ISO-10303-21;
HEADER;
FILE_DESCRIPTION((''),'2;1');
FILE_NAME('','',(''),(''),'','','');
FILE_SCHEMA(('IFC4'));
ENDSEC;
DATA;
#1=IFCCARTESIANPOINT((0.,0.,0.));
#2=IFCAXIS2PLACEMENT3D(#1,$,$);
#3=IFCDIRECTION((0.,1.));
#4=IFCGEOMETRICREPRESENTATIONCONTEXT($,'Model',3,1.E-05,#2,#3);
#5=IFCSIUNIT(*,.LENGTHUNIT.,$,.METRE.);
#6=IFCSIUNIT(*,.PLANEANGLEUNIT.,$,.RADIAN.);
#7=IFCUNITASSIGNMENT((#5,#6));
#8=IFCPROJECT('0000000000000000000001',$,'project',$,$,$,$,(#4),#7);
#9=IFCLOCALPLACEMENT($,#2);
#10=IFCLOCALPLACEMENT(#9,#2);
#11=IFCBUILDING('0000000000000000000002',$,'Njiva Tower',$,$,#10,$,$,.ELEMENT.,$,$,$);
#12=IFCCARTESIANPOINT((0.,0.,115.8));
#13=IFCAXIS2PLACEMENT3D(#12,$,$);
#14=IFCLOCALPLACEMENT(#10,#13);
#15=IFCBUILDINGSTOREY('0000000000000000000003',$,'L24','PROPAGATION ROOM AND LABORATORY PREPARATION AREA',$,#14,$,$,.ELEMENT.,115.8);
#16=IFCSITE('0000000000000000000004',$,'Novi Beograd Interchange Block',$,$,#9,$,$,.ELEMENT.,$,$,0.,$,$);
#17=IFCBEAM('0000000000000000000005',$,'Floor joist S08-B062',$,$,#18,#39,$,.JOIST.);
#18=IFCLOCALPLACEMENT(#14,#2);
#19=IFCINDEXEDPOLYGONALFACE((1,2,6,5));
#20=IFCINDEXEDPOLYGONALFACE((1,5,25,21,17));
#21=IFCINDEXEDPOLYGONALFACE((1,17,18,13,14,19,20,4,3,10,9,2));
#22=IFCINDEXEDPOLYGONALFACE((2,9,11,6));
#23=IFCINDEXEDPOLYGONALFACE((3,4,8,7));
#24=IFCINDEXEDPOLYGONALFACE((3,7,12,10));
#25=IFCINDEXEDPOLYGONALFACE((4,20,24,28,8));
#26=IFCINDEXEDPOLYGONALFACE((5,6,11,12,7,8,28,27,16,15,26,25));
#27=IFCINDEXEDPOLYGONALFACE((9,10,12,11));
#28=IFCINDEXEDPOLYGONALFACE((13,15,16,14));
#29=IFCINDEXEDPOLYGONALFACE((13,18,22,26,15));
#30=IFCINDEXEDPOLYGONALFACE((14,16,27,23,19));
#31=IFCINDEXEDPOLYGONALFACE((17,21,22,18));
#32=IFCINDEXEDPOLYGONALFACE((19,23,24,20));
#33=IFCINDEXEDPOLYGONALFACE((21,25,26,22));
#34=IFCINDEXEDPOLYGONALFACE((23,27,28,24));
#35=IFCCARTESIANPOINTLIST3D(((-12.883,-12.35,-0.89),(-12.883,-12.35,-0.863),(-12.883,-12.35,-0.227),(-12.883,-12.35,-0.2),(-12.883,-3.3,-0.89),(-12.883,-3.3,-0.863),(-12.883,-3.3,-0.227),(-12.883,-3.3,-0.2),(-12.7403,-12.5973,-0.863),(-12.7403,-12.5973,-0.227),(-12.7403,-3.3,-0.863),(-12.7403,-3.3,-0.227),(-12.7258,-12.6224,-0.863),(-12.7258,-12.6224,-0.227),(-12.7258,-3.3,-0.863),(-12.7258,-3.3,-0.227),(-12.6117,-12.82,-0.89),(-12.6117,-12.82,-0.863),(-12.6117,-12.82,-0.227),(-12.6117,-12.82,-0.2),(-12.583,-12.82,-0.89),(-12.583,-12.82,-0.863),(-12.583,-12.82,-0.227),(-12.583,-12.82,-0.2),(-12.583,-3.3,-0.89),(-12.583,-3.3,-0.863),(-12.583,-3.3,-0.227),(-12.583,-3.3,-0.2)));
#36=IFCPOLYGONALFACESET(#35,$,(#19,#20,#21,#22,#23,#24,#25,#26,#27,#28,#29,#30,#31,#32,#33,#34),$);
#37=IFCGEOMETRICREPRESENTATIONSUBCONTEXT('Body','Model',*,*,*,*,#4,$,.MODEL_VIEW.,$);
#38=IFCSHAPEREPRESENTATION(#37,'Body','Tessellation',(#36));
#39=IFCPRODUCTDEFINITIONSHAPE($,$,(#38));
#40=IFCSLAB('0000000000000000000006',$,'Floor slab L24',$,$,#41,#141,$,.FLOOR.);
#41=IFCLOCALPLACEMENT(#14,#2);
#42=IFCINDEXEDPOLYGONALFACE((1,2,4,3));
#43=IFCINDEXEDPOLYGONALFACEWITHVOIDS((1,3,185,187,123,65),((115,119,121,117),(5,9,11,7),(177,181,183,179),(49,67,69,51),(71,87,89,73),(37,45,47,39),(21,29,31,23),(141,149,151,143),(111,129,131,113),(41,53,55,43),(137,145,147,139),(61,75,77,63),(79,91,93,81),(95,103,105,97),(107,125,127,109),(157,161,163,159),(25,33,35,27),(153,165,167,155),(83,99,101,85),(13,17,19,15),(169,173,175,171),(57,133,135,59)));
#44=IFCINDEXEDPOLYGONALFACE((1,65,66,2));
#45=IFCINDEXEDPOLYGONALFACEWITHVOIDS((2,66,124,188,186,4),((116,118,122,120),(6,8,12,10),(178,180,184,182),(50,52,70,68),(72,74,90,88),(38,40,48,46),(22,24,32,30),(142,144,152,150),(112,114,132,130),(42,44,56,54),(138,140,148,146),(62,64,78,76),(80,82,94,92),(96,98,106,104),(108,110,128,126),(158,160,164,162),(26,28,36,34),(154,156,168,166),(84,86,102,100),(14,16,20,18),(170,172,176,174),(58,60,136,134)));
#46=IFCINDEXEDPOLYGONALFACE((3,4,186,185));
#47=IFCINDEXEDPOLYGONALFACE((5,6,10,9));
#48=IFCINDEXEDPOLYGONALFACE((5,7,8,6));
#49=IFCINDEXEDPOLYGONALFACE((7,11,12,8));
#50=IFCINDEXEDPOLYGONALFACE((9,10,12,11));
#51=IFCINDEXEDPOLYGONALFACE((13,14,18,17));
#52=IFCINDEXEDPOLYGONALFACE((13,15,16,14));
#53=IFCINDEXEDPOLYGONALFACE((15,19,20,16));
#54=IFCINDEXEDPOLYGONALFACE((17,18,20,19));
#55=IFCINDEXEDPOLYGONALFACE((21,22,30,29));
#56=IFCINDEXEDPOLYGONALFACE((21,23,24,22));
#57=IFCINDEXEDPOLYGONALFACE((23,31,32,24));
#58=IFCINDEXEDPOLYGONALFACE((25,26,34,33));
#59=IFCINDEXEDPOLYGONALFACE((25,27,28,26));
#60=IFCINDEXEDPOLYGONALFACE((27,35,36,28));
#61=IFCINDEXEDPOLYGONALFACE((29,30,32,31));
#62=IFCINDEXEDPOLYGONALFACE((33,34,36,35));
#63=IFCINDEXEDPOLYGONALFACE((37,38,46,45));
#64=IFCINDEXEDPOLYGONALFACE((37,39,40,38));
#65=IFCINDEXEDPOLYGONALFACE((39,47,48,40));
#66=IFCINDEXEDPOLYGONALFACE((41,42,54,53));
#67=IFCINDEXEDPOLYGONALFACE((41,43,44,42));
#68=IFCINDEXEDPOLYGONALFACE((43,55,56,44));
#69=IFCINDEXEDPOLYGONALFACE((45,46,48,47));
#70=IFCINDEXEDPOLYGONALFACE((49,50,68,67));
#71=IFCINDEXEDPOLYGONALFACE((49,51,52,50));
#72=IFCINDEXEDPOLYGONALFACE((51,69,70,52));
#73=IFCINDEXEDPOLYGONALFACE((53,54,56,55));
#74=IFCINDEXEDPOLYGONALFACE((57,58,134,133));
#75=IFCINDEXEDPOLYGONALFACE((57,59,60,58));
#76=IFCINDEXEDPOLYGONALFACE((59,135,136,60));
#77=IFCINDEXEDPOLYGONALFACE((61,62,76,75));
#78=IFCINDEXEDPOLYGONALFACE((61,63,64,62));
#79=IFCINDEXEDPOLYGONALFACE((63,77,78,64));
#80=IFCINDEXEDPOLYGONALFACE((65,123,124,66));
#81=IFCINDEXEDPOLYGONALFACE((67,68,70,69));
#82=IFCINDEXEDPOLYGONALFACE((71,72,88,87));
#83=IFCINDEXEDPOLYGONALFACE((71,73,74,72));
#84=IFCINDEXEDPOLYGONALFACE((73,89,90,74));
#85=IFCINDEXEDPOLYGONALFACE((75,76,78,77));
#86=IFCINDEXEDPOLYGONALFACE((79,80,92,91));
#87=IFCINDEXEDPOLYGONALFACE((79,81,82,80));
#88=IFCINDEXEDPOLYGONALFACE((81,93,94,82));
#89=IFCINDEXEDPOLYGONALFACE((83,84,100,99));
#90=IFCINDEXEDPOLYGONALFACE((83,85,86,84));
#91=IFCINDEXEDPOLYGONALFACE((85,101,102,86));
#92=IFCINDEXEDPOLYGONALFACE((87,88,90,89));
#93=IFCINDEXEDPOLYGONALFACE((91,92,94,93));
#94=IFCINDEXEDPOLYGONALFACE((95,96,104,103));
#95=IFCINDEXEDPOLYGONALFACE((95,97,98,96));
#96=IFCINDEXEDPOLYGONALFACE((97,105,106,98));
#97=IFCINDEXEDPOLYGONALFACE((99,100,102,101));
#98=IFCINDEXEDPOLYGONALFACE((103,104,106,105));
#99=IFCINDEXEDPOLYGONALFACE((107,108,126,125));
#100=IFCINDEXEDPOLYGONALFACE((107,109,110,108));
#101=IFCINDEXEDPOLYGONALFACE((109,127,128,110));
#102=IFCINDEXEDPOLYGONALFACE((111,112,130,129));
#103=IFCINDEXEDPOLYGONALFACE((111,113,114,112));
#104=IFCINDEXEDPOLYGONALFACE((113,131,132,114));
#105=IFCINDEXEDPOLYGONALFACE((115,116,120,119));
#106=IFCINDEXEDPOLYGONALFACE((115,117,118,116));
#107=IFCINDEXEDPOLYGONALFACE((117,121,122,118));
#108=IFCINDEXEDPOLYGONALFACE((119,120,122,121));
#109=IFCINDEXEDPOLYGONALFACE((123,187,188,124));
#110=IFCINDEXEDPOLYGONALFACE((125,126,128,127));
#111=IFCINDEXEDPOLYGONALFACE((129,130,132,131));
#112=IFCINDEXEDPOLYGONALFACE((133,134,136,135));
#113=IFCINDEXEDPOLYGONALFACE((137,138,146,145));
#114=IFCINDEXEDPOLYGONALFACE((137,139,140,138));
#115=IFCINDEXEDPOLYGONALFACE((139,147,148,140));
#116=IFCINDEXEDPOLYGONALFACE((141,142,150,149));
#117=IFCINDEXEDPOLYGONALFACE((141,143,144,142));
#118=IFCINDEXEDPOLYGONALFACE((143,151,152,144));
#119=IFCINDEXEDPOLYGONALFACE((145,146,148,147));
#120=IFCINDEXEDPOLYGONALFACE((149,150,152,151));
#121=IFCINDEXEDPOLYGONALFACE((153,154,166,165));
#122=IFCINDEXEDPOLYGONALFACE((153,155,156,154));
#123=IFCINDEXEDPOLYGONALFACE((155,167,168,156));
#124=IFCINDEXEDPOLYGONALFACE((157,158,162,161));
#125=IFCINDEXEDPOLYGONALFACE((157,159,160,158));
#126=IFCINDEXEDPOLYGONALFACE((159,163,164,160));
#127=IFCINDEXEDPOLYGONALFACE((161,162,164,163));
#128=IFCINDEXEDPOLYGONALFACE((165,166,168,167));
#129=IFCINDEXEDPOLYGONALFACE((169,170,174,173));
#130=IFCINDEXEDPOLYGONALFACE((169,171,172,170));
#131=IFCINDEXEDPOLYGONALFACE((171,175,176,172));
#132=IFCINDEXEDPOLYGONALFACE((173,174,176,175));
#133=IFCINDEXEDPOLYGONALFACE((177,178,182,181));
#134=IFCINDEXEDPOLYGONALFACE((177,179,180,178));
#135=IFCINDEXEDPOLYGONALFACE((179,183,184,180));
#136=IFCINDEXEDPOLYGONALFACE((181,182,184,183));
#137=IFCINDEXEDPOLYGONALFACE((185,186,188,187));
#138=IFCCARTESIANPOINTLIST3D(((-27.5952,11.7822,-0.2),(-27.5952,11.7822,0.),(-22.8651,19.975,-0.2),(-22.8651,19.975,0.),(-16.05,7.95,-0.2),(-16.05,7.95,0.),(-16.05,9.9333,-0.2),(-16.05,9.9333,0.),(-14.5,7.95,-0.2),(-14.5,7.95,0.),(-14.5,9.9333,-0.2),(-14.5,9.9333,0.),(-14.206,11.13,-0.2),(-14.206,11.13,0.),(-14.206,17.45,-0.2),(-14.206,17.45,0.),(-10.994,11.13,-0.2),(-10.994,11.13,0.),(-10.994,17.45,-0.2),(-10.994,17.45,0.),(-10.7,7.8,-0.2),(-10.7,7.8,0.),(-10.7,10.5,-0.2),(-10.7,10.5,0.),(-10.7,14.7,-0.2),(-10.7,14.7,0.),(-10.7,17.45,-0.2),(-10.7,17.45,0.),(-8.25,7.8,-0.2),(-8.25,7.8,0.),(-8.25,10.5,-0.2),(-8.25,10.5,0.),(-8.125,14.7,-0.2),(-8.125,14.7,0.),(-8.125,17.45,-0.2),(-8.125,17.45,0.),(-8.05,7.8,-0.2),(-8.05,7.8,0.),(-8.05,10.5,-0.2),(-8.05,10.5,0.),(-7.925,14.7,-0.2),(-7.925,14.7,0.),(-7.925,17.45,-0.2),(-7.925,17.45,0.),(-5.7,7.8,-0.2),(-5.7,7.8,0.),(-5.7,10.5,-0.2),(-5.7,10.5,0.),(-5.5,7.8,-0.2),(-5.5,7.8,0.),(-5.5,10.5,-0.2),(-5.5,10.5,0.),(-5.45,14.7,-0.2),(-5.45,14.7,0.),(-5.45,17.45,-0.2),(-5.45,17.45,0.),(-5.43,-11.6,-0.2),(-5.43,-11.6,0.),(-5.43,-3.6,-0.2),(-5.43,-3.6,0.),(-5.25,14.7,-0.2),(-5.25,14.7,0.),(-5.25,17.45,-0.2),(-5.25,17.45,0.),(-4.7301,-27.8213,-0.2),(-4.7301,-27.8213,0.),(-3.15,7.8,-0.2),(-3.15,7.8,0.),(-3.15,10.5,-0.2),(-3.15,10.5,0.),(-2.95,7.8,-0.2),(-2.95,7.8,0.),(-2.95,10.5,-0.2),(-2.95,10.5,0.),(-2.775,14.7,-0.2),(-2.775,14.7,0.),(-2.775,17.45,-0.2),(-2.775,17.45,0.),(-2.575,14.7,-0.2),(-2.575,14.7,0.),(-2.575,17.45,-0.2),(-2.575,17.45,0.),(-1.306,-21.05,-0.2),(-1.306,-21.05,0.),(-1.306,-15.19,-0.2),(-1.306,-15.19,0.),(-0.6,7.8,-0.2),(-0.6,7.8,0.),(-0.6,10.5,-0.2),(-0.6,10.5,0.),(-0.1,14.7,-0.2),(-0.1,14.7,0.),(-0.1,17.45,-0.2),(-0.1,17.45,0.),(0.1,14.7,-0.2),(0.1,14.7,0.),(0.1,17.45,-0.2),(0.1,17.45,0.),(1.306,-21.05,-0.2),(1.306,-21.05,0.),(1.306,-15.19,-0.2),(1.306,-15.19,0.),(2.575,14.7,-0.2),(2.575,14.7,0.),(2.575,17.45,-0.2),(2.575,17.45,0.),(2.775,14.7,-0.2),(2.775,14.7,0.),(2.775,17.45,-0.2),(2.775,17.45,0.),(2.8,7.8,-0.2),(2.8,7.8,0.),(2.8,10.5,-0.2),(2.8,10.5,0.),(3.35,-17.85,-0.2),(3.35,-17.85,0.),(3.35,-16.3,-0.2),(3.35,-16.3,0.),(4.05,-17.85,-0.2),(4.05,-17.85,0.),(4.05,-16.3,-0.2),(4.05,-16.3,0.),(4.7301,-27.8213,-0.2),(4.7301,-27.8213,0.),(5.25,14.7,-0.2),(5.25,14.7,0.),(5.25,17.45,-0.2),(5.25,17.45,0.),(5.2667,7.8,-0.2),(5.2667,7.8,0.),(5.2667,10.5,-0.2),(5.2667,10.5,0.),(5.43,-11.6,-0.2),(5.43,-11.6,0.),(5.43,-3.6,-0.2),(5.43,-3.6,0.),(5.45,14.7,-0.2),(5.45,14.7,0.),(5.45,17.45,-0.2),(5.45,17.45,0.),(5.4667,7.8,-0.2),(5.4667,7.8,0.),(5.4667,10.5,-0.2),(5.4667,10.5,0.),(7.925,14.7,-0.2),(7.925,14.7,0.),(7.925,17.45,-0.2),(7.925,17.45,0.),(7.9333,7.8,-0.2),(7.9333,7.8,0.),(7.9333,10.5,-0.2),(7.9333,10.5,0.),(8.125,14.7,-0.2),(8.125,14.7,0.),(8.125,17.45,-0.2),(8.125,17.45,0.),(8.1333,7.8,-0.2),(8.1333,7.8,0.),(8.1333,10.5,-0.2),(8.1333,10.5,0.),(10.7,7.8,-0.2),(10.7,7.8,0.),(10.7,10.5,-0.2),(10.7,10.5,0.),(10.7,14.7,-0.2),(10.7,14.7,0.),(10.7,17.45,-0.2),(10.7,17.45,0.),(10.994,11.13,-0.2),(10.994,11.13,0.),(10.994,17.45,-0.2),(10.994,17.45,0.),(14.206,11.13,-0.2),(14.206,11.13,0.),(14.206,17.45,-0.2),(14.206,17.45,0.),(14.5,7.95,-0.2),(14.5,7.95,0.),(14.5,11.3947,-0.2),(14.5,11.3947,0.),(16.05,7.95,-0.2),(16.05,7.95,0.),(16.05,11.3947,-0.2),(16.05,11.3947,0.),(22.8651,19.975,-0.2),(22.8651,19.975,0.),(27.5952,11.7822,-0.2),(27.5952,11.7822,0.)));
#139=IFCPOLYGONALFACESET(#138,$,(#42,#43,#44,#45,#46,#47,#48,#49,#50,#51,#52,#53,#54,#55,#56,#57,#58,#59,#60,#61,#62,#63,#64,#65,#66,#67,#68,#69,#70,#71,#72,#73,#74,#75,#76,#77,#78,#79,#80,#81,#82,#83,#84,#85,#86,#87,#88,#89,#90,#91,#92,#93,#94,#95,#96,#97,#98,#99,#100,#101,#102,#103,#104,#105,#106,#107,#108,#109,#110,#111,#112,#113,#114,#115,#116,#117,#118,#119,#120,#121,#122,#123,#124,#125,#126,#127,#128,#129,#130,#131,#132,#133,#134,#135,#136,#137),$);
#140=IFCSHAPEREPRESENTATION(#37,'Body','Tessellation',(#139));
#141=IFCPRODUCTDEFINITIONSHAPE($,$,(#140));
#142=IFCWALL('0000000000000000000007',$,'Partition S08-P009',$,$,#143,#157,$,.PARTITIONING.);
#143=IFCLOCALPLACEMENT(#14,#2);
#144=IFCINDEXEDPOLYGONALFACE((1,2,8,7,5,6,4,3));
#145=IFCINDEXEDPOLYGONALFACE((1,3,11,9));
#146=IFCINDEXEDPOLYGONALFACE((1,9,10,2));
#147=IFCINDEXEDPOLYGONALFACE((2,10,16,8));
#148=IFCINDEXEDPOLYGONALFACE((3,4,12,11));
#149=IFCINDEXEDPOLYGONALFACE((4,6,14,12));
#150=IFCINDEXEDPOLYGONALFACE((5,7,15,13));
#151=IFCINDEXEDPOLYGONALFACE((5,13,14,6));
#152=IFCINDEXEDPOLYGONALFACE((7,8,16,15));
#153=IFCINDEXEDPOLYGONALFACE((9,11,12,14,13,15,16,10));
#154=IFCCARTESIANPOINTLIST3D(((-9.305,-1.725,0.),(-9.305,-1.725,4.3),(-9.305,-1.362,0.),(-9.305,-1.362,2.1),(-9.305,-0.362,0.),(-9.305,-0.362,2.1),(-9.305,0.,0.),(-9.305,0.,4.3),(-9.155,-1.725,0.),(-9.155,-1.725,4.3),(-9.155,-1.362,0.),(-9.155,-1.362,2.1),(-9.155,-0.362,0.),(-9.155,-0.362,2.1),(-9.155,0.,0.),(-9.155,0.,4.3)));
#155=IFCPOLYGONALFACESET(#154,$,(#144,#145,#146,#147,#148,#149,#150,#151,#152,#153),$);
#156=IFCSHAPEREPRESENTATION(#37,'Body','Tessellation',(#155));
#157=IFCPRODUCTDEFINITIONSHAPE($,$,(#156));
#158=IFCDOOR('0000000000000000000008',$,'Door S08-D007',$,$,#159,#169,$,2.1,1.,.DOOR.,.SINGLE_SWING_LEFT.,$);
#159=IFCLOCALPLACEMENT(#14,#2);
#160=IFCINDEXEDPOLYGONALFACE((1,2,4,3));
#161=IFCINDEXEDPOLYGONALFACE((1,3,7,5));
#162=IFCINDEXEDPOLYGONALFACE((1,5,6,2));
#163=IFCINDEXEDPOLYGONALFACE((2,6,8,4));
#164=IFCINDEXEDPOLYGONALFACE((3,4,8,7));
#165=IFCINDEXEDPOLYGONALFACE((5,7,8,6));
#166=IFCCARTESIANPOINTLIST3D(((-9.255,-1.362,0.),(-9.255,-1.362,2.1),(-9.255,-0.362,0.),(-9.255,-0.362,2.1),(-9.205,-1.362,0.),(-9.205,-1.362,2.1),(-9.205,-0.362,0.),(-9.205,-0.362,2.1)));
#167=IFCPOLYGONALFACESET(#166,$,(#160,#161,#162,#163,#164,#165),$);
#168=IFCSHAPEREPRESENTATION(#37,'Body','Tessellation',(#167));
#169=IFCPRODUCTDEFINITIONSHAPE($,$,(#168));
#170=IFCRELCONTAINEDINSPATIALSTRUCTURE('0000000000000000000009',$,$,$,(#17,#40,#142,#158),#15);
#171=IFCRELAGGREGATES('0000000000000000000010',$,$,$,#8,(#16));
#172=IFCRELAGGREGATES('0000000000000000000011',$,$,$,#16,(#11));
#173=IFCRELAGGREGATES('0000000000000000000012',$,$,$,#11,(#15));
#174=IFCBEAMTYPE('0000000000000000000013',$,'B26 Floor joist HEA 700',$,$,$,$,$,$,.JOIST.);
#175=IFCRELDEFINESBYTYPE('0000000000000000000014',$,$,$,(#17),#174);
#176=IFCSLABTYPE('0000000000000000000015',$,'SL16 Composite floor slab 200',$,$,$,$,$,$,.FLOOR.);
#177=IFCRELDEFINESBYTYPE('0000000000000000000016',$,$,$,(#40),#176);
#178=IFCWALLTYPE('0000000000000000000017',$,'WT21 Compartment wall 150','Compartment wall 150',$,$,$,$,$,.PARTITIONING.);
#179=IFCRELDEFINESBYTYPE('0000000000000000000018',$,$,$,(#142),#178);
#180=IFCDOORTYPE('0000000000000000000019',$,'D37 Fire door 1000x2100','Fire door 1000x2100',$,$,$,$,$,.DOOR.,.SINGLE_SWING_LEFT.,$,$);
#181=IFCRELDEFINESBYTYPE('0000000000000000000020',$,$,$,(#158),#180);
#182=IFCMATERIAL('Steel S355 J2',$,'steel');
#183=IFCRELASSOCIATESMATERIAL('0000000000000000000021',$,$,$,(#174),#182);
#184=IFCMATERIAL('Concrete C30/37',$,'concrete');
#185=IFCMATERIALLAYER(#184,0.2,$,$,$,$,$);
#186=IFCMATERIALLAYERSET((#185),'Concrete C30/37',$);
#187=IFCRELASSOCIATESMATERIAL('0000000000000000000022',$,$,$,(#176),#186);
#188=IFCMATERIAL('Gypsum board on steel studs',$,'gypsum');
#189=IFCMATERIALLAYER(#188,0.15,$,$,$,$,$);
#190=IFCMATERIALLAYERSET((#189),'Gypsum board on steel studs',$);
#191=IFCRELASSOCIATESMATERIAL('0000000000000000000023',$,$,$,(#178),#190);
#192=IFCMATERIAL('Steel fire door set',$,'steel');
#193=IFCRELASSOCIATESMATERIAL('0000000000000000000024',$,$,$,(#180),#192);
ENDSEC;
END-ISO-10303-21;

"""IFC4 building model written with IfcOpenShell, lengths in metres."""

from ifc_helpers import new_model, si_unit, direction, frame, frame_2d, origin, origin_2d, place, context, subcontext, project, spatial, polyline, rectangle, i_section, outline, extrude, clip, halfspace, material, layer, layer_set, material_profile, profile_set, type_object, element, fill, save


model = new_model("IFC4")

# Units and contexts
model_context = context("Model", 3, precision=1e-05, world=origin(), true_north=direction((0.0, 1.0)))
body_context = subcontext(model_context, "Body", "Model", "MODEL_VIEW")
ifc_project = project(units=[si_unit("LENGTHUNIT", "METRE"), si_unit("PLANEANGLEUNIT", "RADIAN")], contexts=[model_context])

# Site, building, storey
site_placement = place(None, origin())
site = spatial("IfcSite", under=ifc_project, at=site_placement, Name="Novi Beograd Interchange Block", CompositionType="ELEMENT", RefElevation=0.0)
building_placement = place(site_placement, origin())
building = spatial("IfcBuilding", under=site, at=building_placement, Name="Njiva Tower", CompositionType="ELEMENT")
storey_placement = place(building_placement, frame((0.0, 0.0, 115.8)))
storey = spatial("IfcBuildingStorey", under=building, at=storey_placement, Name="L24", Description="PROPAGATION ROOM AND LABORATORY PREPARATION AREA", CompositionType="ELEMENT", Elevation=115.8)

# Shared definitions
ifc_material_1 = material(Name="Steel S355 J2", Category="steel")

# Beam
ifc_material_profile_1 = material_profile(ifc_material_1, i_section(OverallWidth=0.3, OverallDepth=0.69, WebThickness=0.0145, FlangeThickness=0.027, at=origin_2d()), Name="HEA 700")
ifc_profile_set_1 = profile_set([ifc_material_profile_1], Name="Steel S355 J2")
beam_type_1 = type_object("IfcBeamType", Name="B26 Floor joist HEA 700", PredefinedType="JOIST", material=ifc_profile_set_1)
beam_1_placement = place(storey_placement, frame((-12.733, -3.3, -0.545), z_axis=(0.0, -1.0, 0.0), x_axis=(1.0, 0.0, 0.0)))
element("IfcBeam", 1, at=beam_1_placement, inside=storey, type_object=beam_type_1, Name="Floor joist S08-B062", PredefinedType="JOIST", context=body_context, shape_type="Clipping", body=[
    clip(extrude(i_section(OverallWidth=0.3, OverallDepth=0.69, WebThickness=0.0145, FlangeThickness=0.027, at=origin_2d()), origin(), (0.0, 0.0, 1.0), 9.52), halfspace(frame((-0.0436, 0.0, 9.2343), z_axis=(-0.866027, 0.0, 0.499998), x_axis=(0.0, 1.0, 0.0)), False)),
])

# Slab
ifc_material_2 = material(Name="Concrete C30/37", Category="concrete")
ifc_layer_1 = layer(ifc_material_2, 0.2)
ifc_layer_set_1 = layer_set([ifc_layer_1], Name="Concrete C30/37")
slab_type = type_object("IfcSlabType", Name="SL16 Composite floor slab 200", PredefinedType="FLOOR", material=ifc_layer_set_1)
slab_placement = place(storey_placement, frame((0.0, 0.0, -0.2)))
element("IfcSlab", 2, at=slab_placement, inside=storey, type_object=slab_type, Name="Floor slab L24", PredefinedType="FLOOR", context=body_context, shape_type="SweptSolid", body=[
    extrude(outline(polyline([(27.5952, 11.7822), (4.7301, -27.8213), (-4.7301, -27.8213), (-27.5952, 11.7822), (-22.8651, 19.975), (22.8651, 19.975), (27.5952, 11.7822)]), holes=[polyline([(14.5, 7.95), (16.05, 7.95), (16.05, 11.3947), (14.5, 11.3947), (14.5, 7.95)]), polyline([(10.994, 17.45), (10.994, 11.13), (14.206, 11.13), (14.206, 17.45), (10.994, 17.45)]), polyline([(8.125, 17.45), (8.125, 14.7), (10.7, 14.7), (10.7, 17.45), (8.125, 17.45)]), polyline([(8.1333, 10.5), (8.1333, 7.8), (10.7, 7.8), (10.7, 10.5), (8.1333, 10.5)]), polyline([(5.4667, 10.5), (5.4667, 7.8), (7.9333, 7.8), (7.9333, 10.5), (5.4667, 10.5)]), polyline([(5.45, 17.45), (5.45, 14.7), (7.925, 14.7), (7.925, 17.45), (5.45, 17.45)]), polyline([(5.43, -11.6), (5.43, -3.6), (-5.43, -3.6), (-5.43, -11.6), (5.43, -11.6)]), polyline([(2.8, 7.8), (5.2667, 7.8), (5.2667, 10.5), (2.8, 10.5), (2.8, 7.8)]), polyline([(2.775, 14.7), (5.25, 14.7), (5.25, 17.45), (2.775, 17.45), (2.775, 14.7)]), polyline([(3.35, -17.85), (4.05, -17.85), (4.05, -16.3), (3.35, -16.3), (3.35, -17.85)]), polyline([(0.1, 17.45), (0.1, 14.7), (2.575, 14.7), (2.575, 17.45), (0.1, 17.45)]), polyline([(-1.306, -21.05), (1.306, -21.05), (1.306, -15.19), (-1.306, -15.19), (-1.306, -21.05)]), polyline([(-2.575, 17.45), (-2.575, 14.7), (-0.1, 14.7), (-0.1, 17.45), (-2.575, 17.45)]), polyline([(-2.95, 7.8), (-0.6, 7.8), (-0.6, 10.5), (-2.95, 10.5), (-2.95, 7.8)]), polyline([(-5.25, 17.45), (-5.25, 14.7), (-2.775, 14.7), (-2.775, 17.45), (-5.25, 17.45)]), polyline([(-5.5, 10.5), (-5.5, 7.8), (-3.15, 7.8), (-3.15, 10.5), (-5.5, 10.5)]), polyline([(-7.925, 14.7), (-5.45, 14.7), (-5.45, 17.45), (-7.925, 17.45), (-7.925, 14.7)]), polyline([(-8.05, 10.5), (-8.05, 7.8), (-5.7, 7.8), (-5.7, 10.5), (-8.05, 10.5)]), polyline([(-10.7, 17.45), (-10.7, 14.7), (-8.125, 14.7), (-8.125, 17.45), (-10.7, 17.45)]), polyline([(-10.7, 7.8), (-8.25, 7.8), (-8.25, 10.5), (-10.7, 10.5), (-10.7, 7.8)]), polyline([(-14.206, 17.45), (-14.206, 11.13), (-10.994, 11.13), (-10.994, 17.45), (-14.206, 17.45)]), polyline([(-14.5, 9.9333), (-16.05, 9.9333), (-16.05, 7.95), (-14.5, 7.95), (-14.5, 9.9333)])]), origin(), (0.0, 0.0, 1.0), 0.2),
])

# Wall, opening, door
ifc_material_3 = material(Name="Gypsum board on steel studs", Category="gypsum")
ifc_layer_2 = layer(ifc_material_3, 0.15)
ifc_layer_set_2 = layer_set([ifc_layer_2], Name="Gypsum board on steel studs")
wall_type_1 = type_object("IfcWallType", Name="WT21 Compartment wall 150", Description="Compartment wall 150", PredefinedType="PARTITIONING", material=ifc_layer_set_2)
wall_1_placement = place(storey_placement, frame((-9.23, -1.725, 0.0), z_axis=(0.0, 0.0, 1.0), x_axis=(0.0, 1.0, 0.0)))
wall_1 = element("IfcWall", 3, at=wall_1_placement, inside=storey, type_object=wall_type_1, Name="Partition S08-P009", PredefinedType="PARTITIONING", context=body_context, shape_type="SweptSolid", body=[
    extrude(rectangle(XDim=1.725, YDim=0.15, at=frame_2d((0.8625, 0.0))), origin(), (0.0, 0.0, 1.0), 4.3),
])
opening_1_placement = place(wall_1_placement, frame((0.363, 0.0, 0.0)))
opening_1 = element("IfcOpeningElement", 4, at=opening_1_placement, cuts=wall_1, PredefinedType="OPENING", context=body_context, shape_type="SweptSolid", body=[
    extrude(rectangle(XDim=1.0, YDim=2.1, at=frame_2d((0.5, 1.05))), frame((0.0, 0.085, 0.0), z_axis=(0.0, -1.0, 0.0), x_axis=(1.0, 0.0, 0.0)), (0.0, 0.0, 1.0), 0.17),
])
ifc_material_4 = material(Name="Steel fire door set", Category="steel")
door_type = type_object("IfcDoorType", Name="D37 Fire door 1000x2100", Description="Fire door 1000x2100", OperationType="SINGLE_SWING_LEFT", PredefinedType="DOOR", material=ifc_material_4)
door_1_placement = place(opening_1_placement, origin())
door_1 = element("IfcDoor", 5, at=door_1_placement, inside=storey, type_object=door_type, Name="Door S08-D007", OperationType="SINGLE_SWING_LEFT", OverallHeight=2.1, OverallWidth=1.0, PredefinedType="DOOR", context=body_context, shape_type="SweptSolid", body=[
    extrude(rectangle(XDim=1.0, YDim=2.1, at=frame_2d((0.5, 1.05))), frame((0.0, 0.025, 0.0), z_axis=(0.0, -1.0, 0.0), x_axis=(1.0, 0.0, 0.0)), (0.0, 0.0, 1.0), 0.05),
])
fill(opening_1, door_1)

save(model, "model.ifc")
